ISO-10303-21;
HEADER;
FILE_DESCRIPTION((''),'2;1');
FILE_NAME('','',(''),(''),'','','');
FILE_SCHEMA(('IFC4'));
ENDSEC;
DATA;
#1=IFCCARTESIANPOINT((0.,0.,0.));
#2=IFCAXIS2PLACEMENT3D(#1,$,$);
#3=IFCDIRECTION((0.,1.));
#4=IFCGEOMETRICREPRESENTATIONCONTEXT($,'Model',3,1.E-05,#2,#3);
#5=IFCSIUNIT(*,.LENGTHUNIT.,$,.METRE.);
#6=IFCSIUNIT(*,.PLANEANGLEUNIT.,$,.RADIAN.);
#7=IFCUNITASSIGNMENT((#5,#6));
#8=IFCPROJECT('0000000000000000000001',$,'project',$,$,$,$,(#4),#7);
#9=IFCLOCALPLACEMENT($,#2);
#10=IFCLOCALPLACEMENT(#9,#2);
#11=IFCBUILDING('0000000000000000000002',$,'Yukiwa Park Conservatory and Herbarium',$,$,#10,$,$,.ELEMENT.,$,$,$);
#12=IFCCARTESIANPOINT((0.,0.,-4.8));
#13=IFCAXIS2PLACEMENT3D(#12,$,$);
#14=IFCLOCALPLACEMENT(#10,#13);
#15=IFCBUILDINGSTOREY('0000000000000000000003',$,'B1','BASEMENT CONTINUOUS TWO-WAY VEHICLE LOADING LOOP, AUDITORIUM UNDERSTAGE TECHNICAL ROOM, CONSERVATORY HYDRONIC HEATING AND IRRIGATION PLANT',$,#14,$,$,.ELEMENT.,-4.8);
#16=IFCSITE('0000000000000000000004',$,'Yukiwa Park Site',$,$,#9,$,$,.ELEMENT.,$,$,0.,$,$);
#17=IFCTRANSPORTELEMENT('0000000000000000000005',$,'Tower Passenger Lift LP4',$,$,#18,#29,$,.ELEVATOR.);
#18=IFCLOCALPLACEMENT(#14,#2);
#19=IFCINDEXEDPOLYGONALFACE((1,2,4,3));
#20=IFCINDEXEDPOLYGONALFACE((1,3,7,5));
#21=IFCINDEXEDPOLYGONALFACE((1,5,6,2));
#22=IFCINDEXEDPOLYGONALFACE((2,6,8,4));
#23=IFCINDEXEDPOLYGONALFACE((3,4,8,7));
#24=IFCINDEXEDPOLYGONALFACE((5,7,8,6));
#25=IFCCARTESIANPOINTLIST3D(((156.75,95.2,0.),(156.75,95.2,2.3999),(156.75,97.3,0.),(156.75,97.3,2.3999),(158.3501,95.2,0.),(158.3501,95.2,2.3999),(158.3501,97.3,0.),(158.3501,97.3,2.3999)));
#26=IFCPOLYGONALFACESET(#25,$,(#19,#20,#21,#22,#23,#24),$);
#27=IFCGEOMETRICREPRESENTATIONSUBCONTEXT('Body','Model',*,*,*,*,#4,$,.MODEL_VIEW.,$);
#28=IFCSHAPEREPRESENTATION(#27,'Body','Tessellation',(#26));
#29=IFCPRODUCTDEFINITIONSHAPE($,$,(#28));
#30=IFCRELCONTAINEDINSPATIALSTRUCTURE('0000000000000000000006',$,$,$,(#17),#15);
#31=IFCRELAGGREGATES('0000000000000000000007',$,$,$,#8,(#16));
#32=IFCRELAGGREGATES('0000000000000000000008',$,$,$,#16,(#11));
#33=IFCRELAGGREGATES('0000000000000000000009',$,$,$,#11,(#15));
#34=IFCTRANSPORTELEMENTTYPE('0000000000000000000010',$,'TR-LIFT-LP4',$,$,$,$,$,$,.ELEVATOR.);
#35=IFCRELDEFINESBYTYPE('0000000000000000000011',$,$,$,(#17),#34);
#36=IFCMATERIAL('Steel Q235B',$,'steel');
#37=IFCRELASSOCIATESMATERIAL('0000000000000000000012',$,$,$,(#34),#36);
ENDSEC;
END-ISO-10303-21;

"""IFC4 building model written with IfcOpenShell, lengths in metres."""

from ifc_helpers import new_model, si_unit, direction, frame, origin, origin_2d, place, context, subcontext, project, spatial, rectangle, extrude, material, type_object, element, save


model = new_model("IFC4")

# Units and contexts
model_context = context("Model", 3, precision=1e-05, world=origin(), true_north=direction((0.0, 1.0)))
body_context = subcontext(model_context, "Body", "Model", "MODEL_VIEW")
ifc_project = project(units=[si_unit("LENGTHUNIT", "METRE"), si_unit("PLANEANGLEUNIT", "RADIAN")], contexts=[model_context])

# Site, building, storey
site_placement = place(None, origin())
site = spatial("IfcSite", under=ifc_project, at=site_placement, Name="Yukiwa Park Site", CompositionType="ELEMENT", RefElevation=0.0)
building_placement = place(site_placement, origin())
building = spatial("IfcBuilding", under=site, at=building_placement, Name="Yukiwa Park Conservatory and Herbarium", CompositionType="ELEMENT")
storey_placement = place(building_placement, frame((0.0, 0.0, -4.8)))
storey = spatial("IfcBuildingStorey", under=building, at=storey_placement, Name="B1", Description="BASEMENT CONTINUOUS TWO-WAY VEHICLE LOADING LOOP, AUDITORIUM UNDERSTAGE TECHNICAL ROOM, CONSERVATORY HYDRONIC HEATING AND IRRIGATION PLANT", CompositionType="ELEMENT", Elevation=-4.8)

# Transport element
ifc_material_1 = material(Name="Steel Q235B", Category="steel")
transport_element_type_1 = type_object("IfcTransportElementType", Name="TR-LIFT-LP4", PredefinedType="ELEVATOR", material=ifc_material_1)
transport_element_1_placement = place(storey_placement, frame((157.55, 96.25, 0.0), z_axis=(0.0, 0.0, 1.0), x_axis=(1.0, 0.0, 0.0)))
element("IfcTransportElement", 1, at=transport_element_1_placement, inside=storey, type_object=transport_element_type_1, Name="Tower Passenger Lift LP4", PredefinedType="ELEVATOR", context=body_context, shape_type="SweptSolid", body=[
    extrude(rectangle(XDim=1.6001, YDim=2.1001, at=origin_2d()), origin(), (0.0, 0.0, 1.0), 2.3999),
])

save(model, "model.ifc")
